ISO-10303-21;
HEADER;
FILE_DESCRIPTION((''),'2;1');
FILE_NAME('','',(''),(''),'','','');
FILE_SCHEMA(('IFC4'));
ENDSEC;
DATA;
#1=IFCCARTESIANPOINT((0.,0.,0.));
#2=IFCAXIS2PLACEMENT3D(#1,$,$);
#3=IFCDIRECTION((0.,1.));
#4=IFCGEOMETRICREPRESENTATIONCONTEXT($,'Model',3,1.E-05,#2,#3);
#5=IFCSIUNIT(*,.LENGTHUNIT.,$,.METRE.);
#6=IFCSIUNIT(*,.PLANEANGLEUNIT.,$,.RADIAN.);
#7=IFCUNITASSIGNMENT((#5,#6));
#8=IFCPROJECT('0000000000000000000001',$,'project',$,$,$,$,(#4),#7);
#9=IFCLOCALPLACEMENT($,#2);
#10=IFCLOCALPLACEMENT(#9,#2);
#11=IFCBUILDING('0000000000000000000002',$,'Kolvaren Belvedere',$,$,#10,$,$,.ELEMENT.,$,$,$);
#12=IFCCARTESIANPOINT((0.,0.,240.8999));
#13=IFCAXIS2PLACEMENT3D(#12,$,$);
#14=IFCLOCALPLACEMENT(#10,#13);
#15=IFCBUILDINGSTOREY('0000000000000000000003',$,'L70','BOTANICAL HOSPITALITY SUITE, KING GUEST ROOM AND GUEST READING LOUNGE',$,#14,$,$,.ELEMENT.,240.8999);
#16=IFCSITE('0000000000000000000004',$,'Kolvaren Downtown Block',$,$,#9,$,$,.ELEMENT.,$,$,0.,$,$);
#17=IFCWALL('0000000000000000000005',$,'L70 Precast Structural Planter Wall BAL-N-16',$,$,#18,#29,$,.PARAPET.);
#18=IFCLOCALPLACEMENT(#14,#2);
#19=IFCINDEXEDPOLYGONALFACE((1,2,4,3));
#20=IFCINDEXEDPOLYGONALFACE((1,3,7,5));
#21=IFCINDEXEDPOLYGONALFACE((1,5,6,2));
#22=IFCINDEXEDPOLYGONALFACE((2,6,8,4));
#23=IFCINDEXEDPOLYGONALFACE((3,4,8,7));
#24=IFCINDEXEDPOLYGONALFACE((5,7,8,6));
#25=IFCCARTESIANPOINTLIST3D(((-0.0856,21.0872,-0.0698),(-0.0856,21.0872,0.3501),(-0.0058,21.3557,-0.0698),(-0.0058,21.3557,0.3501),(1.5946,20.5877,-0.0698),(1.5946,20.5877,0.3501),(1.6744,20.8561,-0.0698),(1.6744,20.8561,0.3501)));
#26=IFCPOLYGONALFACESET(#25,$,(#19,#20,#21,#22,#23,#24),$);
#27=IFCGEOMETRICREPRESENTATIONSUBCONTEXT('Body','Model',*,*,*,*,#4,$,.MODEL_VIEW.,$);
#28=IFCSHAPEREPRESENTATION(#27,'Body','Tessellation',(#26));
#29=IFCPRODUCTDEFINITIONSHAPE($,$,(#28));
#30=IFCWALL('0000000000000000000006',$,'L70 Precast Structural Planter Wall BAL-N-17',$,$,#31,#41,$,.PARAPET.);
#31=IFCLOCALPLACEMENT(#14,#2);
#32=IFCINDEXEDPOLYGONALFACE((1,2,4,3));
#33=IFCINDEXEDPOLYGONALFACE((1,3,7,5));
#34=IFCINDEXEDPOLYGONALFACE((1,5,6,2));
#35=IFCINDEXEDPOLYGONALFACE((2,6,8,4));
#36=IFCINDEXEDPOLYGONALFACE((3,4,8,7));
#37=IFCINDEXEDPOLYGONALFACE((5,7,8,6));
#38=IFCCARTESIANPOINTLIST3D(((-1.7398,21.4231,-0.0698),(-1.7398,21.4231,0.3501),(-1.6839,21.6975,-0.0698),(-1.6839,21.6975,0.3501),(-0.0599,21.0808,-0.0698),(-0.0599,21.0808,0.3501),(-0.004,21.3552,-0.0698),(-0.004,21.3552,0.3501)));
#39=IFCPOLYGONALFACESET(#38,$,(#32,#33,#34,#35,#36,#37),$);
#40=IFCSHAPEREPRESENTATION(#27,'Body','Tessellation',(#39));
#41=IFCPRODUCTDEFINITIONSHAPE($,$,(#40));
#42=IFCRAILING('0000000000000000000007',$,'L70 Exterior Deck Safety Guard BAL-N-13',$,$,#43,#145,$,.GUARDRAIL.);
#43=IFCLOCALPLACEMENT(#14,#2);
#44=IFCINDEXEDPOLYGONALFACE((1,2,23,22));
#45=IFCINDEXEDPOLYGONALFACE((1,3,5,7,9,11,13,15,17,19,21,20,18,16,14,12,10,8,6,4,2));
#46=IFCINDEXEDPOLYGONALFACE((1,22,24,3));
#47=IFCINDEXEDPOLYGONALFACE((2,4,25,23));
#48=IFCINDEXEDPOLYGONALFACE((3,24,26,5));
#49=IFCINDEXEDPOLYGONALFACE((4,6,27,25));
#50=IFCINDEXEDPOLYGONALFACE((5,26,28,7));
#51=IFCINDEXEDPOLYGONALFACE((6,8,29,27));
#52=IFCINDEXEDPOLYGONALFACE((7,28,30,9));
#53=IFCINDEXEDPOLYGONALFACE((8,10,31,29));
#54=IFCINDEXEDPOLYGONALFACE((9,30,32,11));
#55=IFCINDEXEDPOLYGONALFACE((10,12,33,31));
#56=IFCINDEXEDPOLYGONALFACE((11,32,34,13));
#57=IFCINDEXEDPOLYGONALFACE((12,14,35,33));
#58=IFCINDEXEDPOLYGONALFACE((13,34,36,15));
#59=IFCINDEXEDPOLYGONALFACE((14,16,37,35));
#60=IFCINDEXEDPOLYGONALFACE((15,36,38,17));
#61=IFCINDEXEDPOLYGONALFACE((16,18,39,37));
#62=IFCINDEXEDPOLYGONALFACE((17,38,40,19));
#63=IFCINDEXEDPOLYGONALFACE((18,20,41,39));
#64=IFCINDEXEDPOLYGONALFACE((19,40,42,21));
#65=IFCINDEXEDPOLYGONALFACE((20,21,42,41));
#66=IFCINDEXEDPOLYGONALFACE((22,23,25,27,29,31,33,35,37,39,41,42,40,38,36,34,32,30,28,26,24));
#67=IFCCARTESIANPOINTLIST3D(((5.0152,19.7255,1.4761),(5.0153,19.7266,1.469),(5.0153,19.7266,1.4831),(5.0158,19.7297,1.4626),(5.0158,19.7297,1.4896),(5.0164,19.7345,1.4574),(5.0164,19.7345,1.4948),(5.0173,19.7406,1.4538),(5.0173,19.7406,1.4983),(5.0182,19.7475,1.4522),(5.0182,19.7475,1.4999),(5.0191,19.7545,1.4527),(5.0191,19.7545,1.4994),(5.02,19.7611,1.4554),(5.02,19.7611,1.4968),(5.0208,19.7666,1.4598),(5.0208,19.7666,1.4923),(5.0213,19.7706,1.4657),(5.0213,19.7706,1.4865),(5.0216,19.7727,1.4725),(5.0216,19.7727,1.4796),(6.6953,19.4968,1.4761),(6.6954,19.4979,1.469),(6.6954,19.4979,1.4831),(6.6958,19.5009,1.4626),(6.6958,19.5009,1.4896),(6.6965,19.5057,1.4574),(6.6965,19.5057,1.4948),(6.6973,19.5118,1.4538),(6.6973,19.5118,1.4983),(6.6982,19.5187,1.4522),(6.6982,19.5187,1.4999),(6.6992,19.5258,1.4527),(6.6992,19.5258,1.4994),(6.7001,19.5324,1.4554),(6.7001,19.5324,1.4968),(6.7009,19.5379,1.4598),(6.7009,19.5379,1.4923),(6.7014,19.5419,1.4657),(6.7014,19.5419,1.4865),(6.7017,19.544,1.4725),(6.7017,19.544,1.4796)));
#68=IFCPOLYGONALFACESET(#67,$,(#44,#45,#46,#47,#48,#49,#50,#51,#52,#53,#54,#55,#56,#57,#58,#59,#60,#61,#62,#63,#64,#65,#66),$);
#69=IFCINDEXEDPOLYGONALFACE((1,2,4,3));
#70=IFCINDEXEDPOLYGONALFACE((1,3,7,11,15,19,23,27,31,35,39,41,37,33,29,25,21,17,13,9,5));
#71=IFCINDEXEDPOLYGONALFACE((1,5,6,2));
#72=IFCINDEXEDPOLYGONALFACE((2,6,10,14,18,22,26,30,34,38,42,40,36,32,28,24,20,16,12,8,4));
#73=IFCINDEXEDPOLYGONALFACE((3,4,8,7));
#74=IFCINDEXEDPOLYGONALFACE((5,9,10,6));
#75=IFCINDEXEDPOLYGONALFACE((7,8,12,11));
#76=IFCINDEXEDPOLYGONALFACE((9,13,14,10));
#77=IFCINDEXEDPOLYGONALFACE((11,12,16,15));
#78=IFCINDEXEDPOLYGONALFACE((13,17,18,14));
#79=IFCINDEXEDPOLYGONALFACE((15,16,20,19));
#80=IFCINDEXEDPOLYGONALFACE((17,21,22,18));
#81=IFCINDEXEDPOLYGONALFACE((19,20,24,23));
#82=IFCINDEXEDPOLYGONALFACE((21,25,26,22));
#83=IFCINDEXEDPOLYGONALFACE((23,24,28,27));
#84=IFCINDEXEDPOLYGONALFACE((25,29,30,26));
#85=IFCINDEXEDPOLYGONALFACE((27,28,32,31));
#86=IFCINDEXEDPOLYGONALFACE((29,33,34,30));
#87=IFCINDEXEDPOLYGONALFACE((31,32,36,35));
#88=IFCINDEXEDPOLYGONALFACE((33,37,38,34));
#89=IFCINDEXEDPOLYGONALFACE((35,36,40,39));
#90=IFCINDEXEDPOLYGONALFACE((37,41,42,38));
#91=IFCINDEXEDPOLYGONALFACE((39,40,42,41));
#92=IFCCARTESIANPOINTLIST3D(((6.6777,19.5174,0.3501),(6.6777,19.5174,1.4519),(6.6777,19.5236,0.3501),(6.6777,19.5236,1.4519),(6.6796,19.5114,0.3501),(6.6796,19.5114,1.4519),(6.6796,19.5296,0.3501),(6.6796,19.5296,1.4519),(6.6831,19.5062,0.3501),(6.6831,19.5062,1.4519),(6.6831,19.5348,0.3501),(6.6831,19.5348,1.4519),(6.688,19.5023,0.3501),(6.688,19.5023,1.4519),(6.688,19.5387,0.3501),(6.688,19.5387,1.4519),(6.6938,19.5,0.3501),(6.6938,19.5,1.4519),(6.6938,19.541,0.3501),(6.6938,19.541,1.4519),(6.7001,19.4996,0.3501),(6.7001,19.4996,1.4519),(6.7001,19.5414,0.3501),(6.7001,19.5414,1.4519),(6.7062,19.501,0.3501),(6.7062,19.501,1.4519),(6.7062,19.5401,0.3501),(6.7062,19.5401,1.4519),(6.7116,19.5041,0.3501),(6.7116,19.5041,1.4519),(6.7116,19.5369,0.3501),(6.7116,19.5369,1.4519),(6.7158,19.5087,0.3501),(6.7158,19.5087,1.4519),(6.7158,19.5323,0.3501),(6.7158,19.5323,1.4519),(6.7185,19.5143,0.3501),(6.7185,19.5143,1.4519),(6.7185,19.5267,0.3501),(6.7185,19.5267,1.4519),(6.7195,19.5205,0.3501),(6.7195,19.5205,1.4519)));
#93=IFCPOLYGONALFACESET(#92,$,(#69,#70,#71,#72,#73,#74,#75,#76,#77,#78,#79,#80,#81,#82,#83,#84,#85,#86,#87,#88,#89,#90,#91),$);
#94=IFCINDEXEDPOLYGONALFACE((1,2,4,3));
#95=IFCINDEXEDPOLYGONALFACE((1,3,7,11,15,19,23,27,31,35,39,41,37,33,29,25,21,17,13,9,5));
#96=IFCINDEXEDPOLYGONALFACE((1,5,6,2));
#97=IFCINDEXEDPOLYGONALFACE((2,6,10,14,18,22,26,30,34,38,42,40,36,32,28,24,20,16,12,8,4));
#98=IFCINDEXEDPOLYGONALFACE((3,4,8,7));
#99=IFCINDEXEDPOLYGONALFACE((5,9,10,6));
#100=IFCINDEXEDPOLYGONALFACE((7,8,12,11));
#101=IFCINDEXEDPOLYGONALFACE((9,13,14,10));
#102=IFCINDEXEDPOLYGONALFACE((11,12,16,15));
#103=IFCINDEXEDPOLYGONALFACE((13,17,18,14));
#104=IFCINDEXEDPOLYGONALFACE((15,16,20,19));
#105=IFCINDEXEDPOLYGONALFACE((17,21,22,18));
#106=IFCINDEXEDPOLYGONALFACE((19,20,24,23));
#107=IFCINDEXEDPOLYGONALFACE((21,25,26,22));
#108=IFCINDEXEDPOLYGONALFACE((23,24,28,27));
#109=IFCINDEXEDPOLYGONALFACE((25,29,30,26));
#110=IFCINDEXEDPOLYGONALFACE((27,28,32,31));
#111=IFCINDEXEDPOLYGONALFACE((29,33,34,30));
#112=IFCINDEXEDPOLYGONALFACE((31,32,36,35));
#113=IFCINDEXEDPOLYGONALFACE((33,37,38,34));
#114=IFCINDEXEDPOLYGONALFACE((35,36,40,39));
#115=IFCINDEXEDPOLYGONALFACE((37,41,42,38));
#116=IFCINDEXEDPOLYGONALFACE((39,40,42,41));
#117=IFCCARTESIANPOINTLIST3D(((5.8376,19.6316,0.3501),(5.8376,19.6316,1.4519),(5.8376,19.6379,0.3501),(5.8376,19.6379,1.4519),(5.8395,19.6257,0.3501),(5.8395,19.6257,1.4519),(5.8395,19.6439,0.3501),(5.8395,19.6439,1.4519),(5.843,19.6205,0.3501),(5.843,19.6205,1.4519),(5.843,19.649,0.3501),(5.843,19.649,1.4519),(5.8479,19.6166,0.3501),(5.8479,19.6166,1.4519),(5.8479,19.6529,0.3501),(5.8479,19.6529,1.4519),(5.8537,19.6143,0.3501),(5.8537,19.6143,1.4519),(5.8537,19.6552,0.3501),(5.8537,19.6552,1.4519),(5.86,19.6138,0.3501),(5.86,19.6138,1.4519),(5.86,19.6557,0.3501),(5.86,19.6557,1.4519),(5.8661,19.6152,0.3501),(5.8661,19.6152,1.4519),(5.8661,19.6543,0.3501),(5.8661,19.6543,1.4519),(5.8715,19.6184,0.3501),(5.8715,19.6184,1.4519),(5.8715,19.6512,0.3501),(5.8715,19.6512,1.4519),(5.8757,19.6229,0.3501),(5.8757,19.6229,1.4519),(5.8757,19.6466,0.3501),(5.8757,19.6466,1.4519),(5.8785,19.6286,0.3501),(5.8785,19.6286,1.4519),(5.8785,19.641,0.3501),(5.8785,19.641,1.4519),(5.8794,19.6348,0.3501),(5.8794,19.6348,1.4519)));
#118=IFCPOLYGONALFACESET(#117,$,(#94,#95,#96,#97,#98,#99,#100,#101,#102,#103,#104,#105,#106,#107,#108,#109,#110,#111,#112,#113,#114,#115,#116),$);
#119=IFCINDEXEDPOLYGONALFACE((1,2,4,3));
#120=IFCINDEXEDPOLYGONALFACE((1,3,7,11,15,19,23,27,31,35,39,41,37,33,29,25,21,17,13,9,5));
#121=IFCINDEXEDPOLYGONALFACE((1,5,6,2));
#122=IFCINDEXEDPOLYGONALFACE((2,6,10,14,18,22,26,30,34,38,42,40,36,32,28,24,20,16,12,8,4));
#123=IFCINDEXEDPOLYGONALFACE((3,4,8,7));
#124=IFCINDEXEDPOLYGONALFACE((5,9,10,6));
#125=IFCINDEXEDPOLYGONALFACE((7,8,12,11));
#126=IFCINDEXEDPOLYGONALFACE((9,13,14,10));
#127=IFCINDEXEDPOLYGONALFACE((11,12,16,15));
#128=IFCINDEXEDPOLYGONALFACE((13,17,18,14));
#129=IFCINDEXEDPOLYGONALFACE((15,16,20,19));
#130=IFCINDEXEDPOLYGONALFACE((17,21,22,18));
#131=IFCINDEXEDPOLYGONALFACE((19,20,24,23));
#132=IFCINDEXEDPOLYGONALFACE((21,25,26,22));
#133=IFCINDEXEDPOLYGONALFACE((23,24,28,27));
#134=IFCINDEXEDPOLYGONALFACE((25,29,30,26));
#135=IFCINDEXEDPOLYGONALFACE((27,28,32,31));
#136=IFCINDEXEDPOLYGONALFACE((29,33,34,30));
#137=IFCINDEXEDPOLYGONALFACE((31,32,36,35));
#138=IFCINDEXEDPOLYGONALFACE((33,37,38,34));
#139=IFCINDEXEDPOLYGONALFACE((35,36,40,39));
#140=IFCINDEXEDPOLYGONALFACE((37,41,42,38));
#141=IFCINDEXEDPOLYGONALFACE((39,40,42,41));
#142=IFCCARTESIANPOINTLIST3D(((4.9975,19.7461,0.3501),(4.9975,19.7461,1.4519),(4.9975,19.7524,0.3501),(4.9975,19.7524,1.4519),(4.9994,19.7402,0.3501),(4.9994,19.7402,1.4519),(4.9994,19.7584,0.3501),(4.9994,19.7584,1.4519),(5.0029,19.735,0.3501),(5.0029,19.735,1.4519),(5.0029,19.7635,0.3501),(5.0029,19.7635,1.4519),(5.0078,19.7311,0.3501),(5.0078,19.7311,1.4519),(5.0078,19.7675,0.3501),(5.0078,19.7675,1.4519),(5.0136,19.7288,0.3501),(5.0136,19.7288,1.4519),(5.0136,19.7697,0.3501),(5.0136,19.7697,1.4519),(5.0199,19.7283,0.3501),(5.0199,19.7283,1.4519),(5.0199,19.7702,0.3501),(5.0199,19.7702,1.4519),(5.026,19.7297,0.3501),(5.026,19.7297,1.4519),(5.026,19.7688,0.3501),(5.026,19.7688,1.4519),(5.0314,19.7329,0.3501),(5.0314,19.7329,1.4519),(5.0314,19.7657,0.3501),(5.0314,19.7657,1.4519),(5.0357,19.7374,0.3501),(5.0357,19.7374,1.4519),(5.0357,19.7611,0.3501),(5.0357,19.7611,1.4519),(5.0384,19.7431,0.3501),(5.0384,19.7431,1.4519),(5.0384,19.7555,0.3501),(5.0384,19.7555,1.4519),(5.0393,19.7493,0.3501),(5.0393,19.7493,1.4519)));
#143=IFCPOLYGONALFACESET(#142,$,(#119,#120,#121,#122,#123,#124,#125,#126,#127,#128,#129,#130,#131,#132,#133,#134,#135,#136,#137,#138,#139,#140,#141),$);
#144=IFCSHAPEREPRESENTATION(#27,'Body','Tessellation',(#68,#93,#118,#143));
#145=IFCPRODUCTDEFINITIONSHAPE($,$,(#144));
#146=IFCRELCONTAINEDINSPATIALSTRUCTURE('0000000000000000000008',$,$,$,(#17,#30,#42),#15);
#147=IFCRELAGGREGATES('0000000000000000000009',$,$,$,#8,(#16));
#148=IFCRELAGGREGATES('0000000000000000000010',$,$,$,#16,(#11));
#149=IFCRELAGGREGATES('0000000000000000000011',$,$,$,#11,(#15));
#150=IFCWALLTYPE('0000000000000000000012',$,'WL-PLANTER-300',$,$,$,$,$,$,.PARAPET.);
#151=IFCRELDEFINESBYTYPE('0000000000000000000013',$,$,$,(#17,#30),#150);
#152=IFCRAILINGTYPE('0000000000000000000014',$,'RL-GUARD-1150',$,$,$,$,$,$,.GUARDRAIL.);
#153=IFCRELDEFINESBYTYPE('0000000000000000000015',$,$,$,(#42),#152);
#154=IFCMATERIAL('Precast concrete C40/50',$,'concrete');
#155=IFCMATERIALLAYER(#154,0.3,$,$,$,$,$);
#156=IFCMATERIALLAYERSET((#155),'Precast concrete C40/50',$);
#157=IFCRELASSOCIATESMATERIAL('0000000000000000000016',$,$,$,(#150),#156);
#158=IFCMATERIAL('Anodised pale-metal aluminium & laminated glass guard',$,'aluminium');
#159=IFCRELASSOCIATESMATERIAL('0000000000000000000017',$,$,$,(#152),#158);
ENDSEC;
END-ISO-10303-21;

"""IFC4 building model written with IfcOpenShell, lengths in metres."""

from ifc_helpers import new_model, si_unit, direction, frame, frame_2d, origin, origin_2d, place, context, subcontext, project, spatial, rectangle, circle, extrude, material, layer, layer_set, type_object, element, save


model = new_model("IFC4")

# Units and contexts
model_context = context("Model", 3, precision=1e-05, world=origin(), true_north=direction((0.0, 1.0)))
body_context = subcontext(model_context, "Body", "Model", "MODEL_VIEW")
ifc_project = project(units=[si_unit("LENGTHUNIT", "METRE"), si_unit("PLANEANGLEUNIT", "RADIAN")], contexts=[model_context])

# Site, building, storey
site_placement = place(None, origin())
site = spatial("IfcSite", under=ifc_project, at=site_placement, Name="Kolvaren Downtown Block", CompositionType="ELEMENT", RefElevation=0.0)
building_placement = place(site_placement, origin())
building = spatial("IfcBuilding", under=site, at=building_placement, Name="Kolvaren Belvedere", CompositionType="ELEMENT")
storey_placement = place(building_placement, frame((0.0, 0.0, 240.8999)))
storey = spatial("IfcBuildingStorey", under=building, at=storey_placement, Name="L70", Description="BOTANICAL HOSPITALITY SUITE, KING GUEST ROOM AND GUEST READING LOUNGE", CompositionType="ELEMENT", Elevation=240.8999)

# Walls
ifc_material_1 = material(Name="Precast concrete C40/50", Category="concrete")
ifc_layer_1 = layer(ifc_material_1, 0.3)
ifc_layer_set_1 = layer_set([ifc_layer_1], Name="Precast concrete C40/50")
wall_type = type_object("IfcWallType", Name="WL-PLANTER-300", PredefinedType="PARAPET", material=ifc_layer_set_1)
wall_1_placement = place(storey_placement, frame((1.6345, 20.7219, -0.0698), z_axis=(0.0, 0.0, 1.0), x_axis=(-0.958536, 0.28497, 0.0)))
element("IfcWall", 1, at=wall_1_placement, inside=storey, type_object=wall_type, Name="L70 Precast Structural Planter Wall BAL-N-16", PredefinedType="PARAPET", context=body_context, shape_type="SweptSolid", body=[
    extrude(rectangle(XDim=1.7529, YDim=0.28, at=frame_2d((0.8765, 0.0))), origin(), (0.0, 0.0, 1.0), 0.4199),
])
wall_2_placement = place(storey_placement, frame((-0.032, 21.218, -0.0698), z_axis=(0.0, 0.0, 1.0), x_axis=(-0.979868, 0.199648, 0.0)))
element("IfcWall", 2, at=wall_2_placement, inside=storey, type_object=wall_type, Name="L70 Precast Structural Planter Wall BAL-N-17", PredefinedType="PARAPET", context=body_context, shape_type="SweptSolid", body=[
    extrude(rectangle(XDim=1.7144, YDim=0.28, at=frame_2d((0.8572, 0.0))), origin(), (0.0, 0.0, 1.0), 0.4199),
])

# Railing
ifc_material_2 = material(Name="Anodised pale-metal aluminium & laminated glass guard", Category="aluminium")
railing_type = type_object("IfcRailingType", Name="RL-GUARD-1150", PredefinedType="GUARDRAIL", material=ifc_material_2)
railing_1_placement = place(storey_placement, frame((6.6985, 19.5205, 0.3501)))
element("IfcRailing", 3, at=railing_1_placement, inside=storey, type_object=railing_type, Name="L70 Exterior Deck Safety Guard BAL-N-13", PredefinedType="GUARDRAIL", context=body_context, shape_type="SweptSolid", body=[
    extrude(circle(Radius=0.0239, at=origin_2d()), frame((0.0, 0.0, 1.126), z_axis=(-0.990858, 0.134908, 0.0), x_axis=(-0.134908, -0.990858, 0.0)), (0.0, 0.0, 1.0), 1.6956),
    extrude(circle(Radius=0.021, at=origin_2d()), origin(), (0.0, 0.0, 1.0), 1.1018),
    extrude(circle(Radius=0.021, at=origin_2d()), frame((-0.8401, 0.1143, 0.0)), (0.0, 0.0, 1.0), 1.1018),
    extrude(circle(Radius=0.021, at=origin_2d()), frame((-1.6802, 0.2288, 0.0)), (0.0, 0.0, 1.0), 1.1018),
])

save(model, "model.ifc")
